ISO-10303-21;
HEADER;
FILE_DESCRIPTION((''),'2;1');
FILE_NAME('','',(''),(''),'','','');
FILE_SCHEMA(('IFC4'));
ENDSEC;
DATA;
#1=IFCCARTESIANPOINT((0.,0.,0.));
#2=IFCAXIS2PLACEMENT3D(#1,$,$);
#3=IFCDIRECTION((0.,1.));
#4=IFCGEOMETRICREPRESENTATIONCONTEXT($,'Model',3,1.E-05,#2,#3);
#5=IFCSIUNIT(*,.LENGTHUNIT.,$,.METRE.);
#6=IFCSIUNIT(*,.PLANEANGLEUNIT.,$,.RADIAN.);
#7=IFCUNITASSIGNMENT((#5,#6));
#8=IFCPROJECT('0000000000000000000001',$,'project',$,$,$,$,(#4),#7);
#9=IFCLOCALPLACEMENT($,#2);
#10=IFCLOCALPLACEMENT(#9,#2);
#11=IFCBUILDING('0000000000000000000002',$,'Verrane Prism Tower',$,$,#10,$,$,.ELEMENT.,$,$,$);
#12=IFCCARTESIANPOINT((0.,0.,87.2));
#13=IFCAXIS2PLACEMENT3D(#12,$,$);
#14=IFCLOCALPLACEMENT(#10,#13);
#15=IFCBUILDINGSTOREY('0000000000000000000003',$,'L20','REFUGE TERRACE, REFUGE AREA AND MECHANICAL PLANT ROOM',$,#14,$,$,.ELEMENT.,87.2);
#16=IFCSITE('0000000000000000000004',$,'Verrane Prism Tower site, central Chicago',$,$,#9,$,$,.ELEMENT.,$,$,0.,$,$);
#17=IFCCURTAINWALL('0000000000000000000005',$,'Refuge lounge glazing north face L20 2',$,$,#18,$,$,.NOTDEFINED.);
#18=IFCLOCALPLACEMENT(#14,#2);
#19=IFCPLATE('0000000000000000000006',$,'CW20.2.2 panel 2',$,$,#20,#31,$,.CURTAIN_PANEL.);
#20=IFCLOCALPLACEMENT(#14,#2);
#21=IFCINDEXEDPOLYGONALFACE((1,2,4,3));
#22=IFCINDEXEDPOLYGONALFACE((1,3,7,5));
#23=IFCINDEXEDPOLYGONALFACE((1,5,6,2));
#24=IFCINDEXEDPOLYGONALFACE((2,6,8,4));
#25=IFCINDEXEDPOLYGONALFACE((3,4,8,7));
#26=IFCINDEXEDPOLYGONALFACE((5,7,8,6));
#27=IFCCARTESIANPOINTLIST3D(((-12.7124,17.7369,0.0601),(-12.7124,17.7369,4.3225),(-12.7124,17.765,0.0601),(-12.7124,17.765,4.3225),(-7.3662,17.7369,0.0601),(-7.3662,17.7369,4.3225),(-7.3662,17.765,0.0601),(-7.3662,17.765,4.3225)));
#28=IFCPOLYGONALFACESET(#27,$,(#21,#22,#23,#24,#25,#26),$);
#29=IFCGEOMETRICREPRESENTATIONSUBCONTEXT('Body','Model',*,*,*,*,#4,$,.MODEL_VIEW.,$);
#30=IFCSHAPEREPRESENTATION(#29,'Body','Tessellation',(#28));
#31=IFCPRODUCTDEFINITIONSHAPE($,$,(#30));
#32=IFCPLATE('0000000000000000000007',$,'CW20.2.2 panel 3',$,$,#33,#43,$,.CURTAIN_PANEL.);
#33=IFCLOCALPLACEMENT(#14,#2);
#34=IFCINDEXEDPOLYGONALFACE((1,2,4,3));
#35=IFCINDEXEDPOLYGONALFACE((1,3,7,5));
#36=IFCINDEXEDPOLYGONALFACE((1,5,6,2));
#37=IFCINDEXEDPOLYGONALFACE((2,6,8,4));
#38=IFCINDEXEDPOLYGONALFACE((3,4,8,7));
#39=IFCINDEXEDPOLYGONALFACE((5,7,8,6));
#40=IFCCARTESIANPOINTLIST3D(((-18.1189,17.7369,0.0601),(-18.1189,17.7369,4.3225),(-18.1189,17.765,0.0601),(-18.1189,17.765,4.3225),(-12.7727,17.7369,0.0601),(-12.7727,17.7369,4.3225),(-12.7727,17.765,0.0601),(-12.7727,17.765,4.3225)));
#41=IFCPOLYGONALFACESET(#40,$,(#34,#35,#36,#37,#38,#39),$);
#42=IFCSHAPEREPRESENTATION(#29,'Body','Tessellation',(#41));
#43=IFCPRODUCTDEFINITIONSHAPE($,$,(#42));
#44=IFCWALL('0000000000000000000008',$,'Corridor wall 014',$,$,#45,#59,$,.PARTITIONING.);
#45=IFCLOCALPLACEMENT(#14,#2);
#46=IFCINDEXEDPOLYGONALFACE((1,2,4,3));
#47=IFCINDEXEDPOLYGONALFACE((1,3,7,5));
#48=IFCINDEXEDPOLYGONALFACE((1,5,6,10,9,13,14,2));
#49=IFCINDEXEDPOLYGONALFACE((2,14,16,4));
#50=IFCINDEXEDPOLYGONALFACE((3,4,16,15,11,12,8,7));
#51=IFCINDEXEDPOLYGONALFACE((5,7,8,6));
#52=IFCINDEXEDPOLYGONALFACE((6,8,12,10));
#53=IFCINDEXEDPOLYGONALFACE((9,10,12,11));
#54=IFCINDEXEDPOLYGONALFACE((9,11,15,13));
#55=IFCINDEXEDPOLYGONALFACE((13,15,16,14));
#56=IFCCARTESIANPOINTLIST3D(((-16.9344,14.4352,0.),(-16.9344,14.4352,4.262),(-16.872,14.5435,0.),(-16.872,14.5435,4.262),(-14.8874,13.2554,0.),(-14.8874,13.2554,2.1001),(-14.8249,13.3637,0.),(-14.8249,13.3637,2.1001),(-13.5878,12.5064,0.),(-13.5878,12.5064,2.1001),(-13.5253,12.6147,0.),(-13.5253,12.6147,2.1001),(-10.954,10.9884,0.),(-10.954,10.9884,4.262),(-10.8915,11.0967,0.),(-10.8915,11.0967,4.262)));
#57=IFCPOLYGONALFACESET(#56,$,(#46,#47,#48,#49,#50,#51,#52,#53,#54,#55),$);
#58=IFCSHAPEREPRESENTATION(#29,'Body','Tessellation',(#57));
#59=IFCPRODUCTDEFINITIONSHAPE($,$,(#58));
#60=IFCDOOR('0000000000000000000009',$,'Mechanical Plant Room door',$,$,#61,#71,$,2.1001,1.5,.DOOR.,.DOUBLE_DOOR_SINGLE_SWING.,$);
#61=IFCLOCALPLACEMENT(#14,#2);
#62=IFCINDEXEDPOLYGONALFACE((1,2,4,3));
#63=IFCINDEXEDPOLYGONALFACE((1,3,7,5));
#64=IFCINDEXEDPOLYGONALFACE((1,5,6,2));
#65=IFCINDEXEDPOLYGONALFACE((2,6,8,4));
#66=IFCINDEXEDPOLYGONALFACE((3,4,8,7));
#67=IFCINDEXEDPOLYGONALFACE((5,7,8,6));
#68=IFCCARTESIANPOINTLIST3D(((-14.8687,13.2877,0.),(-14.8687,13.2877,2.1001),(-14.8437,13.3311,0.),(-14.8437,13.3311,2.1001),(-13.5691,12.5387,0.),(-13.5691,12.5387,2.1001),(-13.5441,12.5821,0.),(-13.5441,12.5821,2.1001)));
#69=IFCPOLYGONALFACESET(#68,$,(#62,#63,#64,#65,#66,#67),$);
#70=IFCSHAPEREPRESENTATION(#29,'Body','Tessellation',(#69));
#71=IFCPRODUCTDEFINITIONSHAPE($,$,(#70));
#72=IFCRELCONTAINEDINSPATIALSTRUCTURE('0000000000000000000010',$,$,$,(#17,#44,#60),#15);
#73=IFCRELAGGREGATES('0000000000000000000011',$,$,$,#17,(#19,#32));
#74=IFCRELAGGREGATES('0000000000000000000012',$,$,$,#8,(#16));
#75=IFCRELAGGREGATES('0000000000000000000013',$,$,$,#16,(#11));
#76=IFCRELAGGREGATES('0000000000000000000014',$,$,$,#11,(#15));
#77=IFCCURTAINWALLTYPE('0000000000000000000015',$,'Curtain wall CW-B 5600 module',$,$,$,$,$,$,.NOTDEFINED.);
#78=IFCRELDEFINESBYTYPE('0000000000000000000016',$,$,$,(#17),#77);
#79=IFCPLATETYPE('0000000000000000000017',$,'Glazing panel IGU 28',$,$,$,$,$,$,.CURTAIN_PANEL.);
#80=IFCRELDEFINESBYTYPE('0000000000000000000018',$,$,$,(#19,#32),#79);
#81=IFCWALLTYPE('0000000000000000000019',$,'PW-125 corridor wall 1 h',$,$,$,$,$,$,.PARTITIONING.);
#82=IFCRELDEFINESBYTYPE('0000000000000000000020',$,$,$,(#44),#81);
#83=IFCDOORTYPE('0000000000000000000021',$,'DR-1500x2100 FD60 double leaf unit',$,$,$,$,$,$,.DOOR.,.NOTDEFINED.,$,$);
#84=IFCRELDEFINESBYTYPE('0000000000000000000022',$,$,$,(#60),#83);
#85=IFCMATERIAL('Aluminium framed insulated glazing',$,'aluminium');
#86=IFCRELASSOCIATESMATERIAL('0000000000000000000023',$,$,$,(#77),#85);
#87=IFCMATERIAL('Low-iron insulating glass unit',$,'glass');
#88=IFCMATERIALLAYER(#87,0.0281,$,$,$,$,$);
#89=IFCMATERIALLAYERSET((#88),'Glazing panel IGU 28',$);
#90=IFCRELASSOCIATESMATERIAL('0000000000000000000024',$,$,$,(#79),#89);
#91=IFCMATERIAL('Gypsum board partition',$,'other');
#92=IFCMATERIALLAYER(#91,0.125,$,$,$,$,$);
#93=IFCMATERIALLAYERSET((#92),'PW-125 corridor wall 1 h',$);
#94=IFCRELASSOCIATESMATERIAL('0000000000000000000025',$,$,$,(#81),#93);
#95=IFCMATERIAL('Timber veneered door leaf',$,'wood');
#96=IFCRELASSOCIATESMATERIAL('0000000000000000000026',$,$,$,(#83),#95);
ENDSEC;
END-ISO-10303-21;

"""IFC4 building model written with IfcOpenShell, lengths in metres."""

from ifc_helpers import new_model, si_unit, direction, frame, frame_2d, origin, origin_2d, place, context, subcontext, project, spatial, rectangle, extrude, material, layer, layer_set, type_object, element, fill, aggregate, save


model = new_model("IFC4")

# Units and contexts
model_context = context("Model", 3, precision=1e-05, world=origin(), true_north=direction((0.0, 1.0)))
body_context = subcontext(model_context, "Body", "Model", "MODEL_VIEW")
ifc_project = project(units=[si_unit("LENGTHUNIT", "METRE"), si_unit("PLANEANGLEUNIT", "RADIAN")], contexts=[model_context])

# Site, building, storey
site_placement = place(None, origin())
site = spatial("IfcSite", under=ifc_project, at=site_placement, Name="Verrane Prism Tower site, central Chicago", CompositionType="ELEMENT", RefElevation=0.0)
building_placement = place(site_placement, origin())
building = spatial("IfcBuilding", under=site, at=building_placement, Name="Verrane Prism Tower", CompositionType="ELEMENT")
storey_placement = place(building_placement, frame((0.0, 0.0, 87.2)))
storey = spatial("IfcBuildingStorey", under=building, at=storey_placement, Name="L20", Description="REFUGE TERRACE, REFUGE AREA AND MECHANICAL PLANT ROOM", CompositionType="ELEMENT", Elevation=87.2)

# Curtain wall
ifc_material_1 = material(Name="Aluminium framed insulated glazing", Category="aluminium")
curtain_wall_type = type_object("IfcCurtainWallType", Name="Curtain wall CW-B 5600 module", PredefinedType="NOTDEFINED", material=ifc_material_1)
curtain_wall_placement = place(storey_placement, origin())
curtain_wall = element("IfcCurtainWall", 1, at=curtain_wall_placement, inside=storey, type_object=curtain_wall_type, Name="Refuge lounge glazing north face L20 2", PredefinedType="NOTDEFINED")

# Plates
ifc_material_2 = material(Name="Low-iron insulating glass unit", Category="glass")
ifc_layer_1 = layer(ifc_material_2, 0.0281)
ifc_layer_set_1 = layer_set([ifc_layer_1], Name="Glazing panel IGU 28")
plate_type = type_object("IfcPlateType", Name="Glazing panel IGU 28", PredefinedType="CURTAIN_PANEL", material=ifc_layer_set_1)
plate_1_placement = place(storey_placement, frame((-10.0393, 17.751, 0.0601), z_axis=(0.0, 0.0, 1.0), x_axis=(-1.0, 0.0, 0.0)))
plate_1 = element("IfcPlate", 2, at=plate_1_placement, type_object=plate_type, Name="CW20.2.2 panel 2", PredefinedType="CURTAIN_PANEL", context=body_context, shape_type="SweptSolid", body=[
    extrude(rectangle(XDim=5.3462, YDim=0.0281, at=origin_2d()), origin(), (0.0, 0.0, 1.0), 4.2625),
])
plate_2_placement = place(storey_placement, frame((-15.4458, 17.751, 0.0601), z_axis=(0.0, 0.0, 1.0), x_axis=(-1.0, 0.0, 0.0)))
plate_2 = element("IfcPlate", 3, at=plate_2_placement, type_object=plate_type, Name="CW20.2.2 panel 3", PredefinedType="CURTAIN_PANEL", context=body_context, shape_type="SweptSolid", body=[
    extrude(rectangle(XDim=5.3462, YDim=0.0281, at=origin_2d()), origin(), (0.0, 0.0, 1.0), 4.2625),
])
aggregate(curtain_wall, [plate_1, plate_2])

# Wall, opening, door
ifc_material_3 = material(Name="Gypsum board partition", Category="other")
ifc_layer_2 = layer(ifc_material_3, 0.125)
ifc_layer_set_2 = layer_set([ifc_layer_2], Name="PW-125 corridor wall 1 h")
wall_type = type_object("IfcWallType", Name="PW-125 corridor wall 1 h", PredefinedType="PARTITIONING", material=ifc_layer_set_2)
wall_placement = place(storey_placement, frame((-16.9031, 14.4893, 0.0), z_axis=(0.0, 0.0, 1.0), x_axis=(0.866405, -0.499343, 0.0)))
wall = element("IfcWall", 4, at=wall_placement, inside=storey, type_object=wall_type, Name="Corridor wall 014", PredefinedType="PARTITIONING", context=body_context, shape_type="SweptSolid", body=[
    extrude(rectangle(XDim=6.9026, YDim=0.125, at=frame_2d((3.4512, 0.0))), origin(), (0.0, 0.0, 1.0), 4.262),
])
opening_placement = place(wall_placement, frame((2.3625, 0.0, 0.0)))
opening = element("IfcOpeningElement", 5, at=opening_placement, cuts=wall, PredefinedType="OPENING", context=body_context, shape_type="SweptSolid", body=[
    extrude(rectangle(XDim=1.5, YDim=2.1001, at=frame_2d((0.75, 1.05))), frame((0.0, 0.0725, 0.0), z_axis=(0.0, -1.0, 0.0), x_axis=(1.0, 0.0, 0.0)), (0.0, 0.0, 1.0), 0.145),
])
ifc_material_4 = material(Name="Timber veneered door leaf", Category="wood")
door_type = type_object("IfcDoorType", Name="DR-1500x2100 FD60 double leaf unit", OperationType="NOTDEFINED", PredefinedType="DOOR", material=ifc_material_4)
door_placement = place(opening_placement, origin())
door = element("IfcDoor", 6, at=door_placement, inside=storey, type_object=door_type, Name="Mechanical Plant Room door", OperationType="DOUBLE_DOOR_SINGLE_SWING", OverallHeight=2.1001, OverallWidth=1.5, PredefinedType="DOOR", context=body_context, shape_type="SweptSolid", body=[
    extrude(rectangle(XDim=1.5, YDim=2.1001, at=frame_2d((0.75, 1.05))), frame((0.0, 0.0249, 0.0), z_axis=(0.0, -1.0, 0.0), x_axis=(1.0, 0.0, 0.0)), (0.0, 0.0, 1.0), 0.05),
])
fill(opening, door)

save(model, "model.ifc")
